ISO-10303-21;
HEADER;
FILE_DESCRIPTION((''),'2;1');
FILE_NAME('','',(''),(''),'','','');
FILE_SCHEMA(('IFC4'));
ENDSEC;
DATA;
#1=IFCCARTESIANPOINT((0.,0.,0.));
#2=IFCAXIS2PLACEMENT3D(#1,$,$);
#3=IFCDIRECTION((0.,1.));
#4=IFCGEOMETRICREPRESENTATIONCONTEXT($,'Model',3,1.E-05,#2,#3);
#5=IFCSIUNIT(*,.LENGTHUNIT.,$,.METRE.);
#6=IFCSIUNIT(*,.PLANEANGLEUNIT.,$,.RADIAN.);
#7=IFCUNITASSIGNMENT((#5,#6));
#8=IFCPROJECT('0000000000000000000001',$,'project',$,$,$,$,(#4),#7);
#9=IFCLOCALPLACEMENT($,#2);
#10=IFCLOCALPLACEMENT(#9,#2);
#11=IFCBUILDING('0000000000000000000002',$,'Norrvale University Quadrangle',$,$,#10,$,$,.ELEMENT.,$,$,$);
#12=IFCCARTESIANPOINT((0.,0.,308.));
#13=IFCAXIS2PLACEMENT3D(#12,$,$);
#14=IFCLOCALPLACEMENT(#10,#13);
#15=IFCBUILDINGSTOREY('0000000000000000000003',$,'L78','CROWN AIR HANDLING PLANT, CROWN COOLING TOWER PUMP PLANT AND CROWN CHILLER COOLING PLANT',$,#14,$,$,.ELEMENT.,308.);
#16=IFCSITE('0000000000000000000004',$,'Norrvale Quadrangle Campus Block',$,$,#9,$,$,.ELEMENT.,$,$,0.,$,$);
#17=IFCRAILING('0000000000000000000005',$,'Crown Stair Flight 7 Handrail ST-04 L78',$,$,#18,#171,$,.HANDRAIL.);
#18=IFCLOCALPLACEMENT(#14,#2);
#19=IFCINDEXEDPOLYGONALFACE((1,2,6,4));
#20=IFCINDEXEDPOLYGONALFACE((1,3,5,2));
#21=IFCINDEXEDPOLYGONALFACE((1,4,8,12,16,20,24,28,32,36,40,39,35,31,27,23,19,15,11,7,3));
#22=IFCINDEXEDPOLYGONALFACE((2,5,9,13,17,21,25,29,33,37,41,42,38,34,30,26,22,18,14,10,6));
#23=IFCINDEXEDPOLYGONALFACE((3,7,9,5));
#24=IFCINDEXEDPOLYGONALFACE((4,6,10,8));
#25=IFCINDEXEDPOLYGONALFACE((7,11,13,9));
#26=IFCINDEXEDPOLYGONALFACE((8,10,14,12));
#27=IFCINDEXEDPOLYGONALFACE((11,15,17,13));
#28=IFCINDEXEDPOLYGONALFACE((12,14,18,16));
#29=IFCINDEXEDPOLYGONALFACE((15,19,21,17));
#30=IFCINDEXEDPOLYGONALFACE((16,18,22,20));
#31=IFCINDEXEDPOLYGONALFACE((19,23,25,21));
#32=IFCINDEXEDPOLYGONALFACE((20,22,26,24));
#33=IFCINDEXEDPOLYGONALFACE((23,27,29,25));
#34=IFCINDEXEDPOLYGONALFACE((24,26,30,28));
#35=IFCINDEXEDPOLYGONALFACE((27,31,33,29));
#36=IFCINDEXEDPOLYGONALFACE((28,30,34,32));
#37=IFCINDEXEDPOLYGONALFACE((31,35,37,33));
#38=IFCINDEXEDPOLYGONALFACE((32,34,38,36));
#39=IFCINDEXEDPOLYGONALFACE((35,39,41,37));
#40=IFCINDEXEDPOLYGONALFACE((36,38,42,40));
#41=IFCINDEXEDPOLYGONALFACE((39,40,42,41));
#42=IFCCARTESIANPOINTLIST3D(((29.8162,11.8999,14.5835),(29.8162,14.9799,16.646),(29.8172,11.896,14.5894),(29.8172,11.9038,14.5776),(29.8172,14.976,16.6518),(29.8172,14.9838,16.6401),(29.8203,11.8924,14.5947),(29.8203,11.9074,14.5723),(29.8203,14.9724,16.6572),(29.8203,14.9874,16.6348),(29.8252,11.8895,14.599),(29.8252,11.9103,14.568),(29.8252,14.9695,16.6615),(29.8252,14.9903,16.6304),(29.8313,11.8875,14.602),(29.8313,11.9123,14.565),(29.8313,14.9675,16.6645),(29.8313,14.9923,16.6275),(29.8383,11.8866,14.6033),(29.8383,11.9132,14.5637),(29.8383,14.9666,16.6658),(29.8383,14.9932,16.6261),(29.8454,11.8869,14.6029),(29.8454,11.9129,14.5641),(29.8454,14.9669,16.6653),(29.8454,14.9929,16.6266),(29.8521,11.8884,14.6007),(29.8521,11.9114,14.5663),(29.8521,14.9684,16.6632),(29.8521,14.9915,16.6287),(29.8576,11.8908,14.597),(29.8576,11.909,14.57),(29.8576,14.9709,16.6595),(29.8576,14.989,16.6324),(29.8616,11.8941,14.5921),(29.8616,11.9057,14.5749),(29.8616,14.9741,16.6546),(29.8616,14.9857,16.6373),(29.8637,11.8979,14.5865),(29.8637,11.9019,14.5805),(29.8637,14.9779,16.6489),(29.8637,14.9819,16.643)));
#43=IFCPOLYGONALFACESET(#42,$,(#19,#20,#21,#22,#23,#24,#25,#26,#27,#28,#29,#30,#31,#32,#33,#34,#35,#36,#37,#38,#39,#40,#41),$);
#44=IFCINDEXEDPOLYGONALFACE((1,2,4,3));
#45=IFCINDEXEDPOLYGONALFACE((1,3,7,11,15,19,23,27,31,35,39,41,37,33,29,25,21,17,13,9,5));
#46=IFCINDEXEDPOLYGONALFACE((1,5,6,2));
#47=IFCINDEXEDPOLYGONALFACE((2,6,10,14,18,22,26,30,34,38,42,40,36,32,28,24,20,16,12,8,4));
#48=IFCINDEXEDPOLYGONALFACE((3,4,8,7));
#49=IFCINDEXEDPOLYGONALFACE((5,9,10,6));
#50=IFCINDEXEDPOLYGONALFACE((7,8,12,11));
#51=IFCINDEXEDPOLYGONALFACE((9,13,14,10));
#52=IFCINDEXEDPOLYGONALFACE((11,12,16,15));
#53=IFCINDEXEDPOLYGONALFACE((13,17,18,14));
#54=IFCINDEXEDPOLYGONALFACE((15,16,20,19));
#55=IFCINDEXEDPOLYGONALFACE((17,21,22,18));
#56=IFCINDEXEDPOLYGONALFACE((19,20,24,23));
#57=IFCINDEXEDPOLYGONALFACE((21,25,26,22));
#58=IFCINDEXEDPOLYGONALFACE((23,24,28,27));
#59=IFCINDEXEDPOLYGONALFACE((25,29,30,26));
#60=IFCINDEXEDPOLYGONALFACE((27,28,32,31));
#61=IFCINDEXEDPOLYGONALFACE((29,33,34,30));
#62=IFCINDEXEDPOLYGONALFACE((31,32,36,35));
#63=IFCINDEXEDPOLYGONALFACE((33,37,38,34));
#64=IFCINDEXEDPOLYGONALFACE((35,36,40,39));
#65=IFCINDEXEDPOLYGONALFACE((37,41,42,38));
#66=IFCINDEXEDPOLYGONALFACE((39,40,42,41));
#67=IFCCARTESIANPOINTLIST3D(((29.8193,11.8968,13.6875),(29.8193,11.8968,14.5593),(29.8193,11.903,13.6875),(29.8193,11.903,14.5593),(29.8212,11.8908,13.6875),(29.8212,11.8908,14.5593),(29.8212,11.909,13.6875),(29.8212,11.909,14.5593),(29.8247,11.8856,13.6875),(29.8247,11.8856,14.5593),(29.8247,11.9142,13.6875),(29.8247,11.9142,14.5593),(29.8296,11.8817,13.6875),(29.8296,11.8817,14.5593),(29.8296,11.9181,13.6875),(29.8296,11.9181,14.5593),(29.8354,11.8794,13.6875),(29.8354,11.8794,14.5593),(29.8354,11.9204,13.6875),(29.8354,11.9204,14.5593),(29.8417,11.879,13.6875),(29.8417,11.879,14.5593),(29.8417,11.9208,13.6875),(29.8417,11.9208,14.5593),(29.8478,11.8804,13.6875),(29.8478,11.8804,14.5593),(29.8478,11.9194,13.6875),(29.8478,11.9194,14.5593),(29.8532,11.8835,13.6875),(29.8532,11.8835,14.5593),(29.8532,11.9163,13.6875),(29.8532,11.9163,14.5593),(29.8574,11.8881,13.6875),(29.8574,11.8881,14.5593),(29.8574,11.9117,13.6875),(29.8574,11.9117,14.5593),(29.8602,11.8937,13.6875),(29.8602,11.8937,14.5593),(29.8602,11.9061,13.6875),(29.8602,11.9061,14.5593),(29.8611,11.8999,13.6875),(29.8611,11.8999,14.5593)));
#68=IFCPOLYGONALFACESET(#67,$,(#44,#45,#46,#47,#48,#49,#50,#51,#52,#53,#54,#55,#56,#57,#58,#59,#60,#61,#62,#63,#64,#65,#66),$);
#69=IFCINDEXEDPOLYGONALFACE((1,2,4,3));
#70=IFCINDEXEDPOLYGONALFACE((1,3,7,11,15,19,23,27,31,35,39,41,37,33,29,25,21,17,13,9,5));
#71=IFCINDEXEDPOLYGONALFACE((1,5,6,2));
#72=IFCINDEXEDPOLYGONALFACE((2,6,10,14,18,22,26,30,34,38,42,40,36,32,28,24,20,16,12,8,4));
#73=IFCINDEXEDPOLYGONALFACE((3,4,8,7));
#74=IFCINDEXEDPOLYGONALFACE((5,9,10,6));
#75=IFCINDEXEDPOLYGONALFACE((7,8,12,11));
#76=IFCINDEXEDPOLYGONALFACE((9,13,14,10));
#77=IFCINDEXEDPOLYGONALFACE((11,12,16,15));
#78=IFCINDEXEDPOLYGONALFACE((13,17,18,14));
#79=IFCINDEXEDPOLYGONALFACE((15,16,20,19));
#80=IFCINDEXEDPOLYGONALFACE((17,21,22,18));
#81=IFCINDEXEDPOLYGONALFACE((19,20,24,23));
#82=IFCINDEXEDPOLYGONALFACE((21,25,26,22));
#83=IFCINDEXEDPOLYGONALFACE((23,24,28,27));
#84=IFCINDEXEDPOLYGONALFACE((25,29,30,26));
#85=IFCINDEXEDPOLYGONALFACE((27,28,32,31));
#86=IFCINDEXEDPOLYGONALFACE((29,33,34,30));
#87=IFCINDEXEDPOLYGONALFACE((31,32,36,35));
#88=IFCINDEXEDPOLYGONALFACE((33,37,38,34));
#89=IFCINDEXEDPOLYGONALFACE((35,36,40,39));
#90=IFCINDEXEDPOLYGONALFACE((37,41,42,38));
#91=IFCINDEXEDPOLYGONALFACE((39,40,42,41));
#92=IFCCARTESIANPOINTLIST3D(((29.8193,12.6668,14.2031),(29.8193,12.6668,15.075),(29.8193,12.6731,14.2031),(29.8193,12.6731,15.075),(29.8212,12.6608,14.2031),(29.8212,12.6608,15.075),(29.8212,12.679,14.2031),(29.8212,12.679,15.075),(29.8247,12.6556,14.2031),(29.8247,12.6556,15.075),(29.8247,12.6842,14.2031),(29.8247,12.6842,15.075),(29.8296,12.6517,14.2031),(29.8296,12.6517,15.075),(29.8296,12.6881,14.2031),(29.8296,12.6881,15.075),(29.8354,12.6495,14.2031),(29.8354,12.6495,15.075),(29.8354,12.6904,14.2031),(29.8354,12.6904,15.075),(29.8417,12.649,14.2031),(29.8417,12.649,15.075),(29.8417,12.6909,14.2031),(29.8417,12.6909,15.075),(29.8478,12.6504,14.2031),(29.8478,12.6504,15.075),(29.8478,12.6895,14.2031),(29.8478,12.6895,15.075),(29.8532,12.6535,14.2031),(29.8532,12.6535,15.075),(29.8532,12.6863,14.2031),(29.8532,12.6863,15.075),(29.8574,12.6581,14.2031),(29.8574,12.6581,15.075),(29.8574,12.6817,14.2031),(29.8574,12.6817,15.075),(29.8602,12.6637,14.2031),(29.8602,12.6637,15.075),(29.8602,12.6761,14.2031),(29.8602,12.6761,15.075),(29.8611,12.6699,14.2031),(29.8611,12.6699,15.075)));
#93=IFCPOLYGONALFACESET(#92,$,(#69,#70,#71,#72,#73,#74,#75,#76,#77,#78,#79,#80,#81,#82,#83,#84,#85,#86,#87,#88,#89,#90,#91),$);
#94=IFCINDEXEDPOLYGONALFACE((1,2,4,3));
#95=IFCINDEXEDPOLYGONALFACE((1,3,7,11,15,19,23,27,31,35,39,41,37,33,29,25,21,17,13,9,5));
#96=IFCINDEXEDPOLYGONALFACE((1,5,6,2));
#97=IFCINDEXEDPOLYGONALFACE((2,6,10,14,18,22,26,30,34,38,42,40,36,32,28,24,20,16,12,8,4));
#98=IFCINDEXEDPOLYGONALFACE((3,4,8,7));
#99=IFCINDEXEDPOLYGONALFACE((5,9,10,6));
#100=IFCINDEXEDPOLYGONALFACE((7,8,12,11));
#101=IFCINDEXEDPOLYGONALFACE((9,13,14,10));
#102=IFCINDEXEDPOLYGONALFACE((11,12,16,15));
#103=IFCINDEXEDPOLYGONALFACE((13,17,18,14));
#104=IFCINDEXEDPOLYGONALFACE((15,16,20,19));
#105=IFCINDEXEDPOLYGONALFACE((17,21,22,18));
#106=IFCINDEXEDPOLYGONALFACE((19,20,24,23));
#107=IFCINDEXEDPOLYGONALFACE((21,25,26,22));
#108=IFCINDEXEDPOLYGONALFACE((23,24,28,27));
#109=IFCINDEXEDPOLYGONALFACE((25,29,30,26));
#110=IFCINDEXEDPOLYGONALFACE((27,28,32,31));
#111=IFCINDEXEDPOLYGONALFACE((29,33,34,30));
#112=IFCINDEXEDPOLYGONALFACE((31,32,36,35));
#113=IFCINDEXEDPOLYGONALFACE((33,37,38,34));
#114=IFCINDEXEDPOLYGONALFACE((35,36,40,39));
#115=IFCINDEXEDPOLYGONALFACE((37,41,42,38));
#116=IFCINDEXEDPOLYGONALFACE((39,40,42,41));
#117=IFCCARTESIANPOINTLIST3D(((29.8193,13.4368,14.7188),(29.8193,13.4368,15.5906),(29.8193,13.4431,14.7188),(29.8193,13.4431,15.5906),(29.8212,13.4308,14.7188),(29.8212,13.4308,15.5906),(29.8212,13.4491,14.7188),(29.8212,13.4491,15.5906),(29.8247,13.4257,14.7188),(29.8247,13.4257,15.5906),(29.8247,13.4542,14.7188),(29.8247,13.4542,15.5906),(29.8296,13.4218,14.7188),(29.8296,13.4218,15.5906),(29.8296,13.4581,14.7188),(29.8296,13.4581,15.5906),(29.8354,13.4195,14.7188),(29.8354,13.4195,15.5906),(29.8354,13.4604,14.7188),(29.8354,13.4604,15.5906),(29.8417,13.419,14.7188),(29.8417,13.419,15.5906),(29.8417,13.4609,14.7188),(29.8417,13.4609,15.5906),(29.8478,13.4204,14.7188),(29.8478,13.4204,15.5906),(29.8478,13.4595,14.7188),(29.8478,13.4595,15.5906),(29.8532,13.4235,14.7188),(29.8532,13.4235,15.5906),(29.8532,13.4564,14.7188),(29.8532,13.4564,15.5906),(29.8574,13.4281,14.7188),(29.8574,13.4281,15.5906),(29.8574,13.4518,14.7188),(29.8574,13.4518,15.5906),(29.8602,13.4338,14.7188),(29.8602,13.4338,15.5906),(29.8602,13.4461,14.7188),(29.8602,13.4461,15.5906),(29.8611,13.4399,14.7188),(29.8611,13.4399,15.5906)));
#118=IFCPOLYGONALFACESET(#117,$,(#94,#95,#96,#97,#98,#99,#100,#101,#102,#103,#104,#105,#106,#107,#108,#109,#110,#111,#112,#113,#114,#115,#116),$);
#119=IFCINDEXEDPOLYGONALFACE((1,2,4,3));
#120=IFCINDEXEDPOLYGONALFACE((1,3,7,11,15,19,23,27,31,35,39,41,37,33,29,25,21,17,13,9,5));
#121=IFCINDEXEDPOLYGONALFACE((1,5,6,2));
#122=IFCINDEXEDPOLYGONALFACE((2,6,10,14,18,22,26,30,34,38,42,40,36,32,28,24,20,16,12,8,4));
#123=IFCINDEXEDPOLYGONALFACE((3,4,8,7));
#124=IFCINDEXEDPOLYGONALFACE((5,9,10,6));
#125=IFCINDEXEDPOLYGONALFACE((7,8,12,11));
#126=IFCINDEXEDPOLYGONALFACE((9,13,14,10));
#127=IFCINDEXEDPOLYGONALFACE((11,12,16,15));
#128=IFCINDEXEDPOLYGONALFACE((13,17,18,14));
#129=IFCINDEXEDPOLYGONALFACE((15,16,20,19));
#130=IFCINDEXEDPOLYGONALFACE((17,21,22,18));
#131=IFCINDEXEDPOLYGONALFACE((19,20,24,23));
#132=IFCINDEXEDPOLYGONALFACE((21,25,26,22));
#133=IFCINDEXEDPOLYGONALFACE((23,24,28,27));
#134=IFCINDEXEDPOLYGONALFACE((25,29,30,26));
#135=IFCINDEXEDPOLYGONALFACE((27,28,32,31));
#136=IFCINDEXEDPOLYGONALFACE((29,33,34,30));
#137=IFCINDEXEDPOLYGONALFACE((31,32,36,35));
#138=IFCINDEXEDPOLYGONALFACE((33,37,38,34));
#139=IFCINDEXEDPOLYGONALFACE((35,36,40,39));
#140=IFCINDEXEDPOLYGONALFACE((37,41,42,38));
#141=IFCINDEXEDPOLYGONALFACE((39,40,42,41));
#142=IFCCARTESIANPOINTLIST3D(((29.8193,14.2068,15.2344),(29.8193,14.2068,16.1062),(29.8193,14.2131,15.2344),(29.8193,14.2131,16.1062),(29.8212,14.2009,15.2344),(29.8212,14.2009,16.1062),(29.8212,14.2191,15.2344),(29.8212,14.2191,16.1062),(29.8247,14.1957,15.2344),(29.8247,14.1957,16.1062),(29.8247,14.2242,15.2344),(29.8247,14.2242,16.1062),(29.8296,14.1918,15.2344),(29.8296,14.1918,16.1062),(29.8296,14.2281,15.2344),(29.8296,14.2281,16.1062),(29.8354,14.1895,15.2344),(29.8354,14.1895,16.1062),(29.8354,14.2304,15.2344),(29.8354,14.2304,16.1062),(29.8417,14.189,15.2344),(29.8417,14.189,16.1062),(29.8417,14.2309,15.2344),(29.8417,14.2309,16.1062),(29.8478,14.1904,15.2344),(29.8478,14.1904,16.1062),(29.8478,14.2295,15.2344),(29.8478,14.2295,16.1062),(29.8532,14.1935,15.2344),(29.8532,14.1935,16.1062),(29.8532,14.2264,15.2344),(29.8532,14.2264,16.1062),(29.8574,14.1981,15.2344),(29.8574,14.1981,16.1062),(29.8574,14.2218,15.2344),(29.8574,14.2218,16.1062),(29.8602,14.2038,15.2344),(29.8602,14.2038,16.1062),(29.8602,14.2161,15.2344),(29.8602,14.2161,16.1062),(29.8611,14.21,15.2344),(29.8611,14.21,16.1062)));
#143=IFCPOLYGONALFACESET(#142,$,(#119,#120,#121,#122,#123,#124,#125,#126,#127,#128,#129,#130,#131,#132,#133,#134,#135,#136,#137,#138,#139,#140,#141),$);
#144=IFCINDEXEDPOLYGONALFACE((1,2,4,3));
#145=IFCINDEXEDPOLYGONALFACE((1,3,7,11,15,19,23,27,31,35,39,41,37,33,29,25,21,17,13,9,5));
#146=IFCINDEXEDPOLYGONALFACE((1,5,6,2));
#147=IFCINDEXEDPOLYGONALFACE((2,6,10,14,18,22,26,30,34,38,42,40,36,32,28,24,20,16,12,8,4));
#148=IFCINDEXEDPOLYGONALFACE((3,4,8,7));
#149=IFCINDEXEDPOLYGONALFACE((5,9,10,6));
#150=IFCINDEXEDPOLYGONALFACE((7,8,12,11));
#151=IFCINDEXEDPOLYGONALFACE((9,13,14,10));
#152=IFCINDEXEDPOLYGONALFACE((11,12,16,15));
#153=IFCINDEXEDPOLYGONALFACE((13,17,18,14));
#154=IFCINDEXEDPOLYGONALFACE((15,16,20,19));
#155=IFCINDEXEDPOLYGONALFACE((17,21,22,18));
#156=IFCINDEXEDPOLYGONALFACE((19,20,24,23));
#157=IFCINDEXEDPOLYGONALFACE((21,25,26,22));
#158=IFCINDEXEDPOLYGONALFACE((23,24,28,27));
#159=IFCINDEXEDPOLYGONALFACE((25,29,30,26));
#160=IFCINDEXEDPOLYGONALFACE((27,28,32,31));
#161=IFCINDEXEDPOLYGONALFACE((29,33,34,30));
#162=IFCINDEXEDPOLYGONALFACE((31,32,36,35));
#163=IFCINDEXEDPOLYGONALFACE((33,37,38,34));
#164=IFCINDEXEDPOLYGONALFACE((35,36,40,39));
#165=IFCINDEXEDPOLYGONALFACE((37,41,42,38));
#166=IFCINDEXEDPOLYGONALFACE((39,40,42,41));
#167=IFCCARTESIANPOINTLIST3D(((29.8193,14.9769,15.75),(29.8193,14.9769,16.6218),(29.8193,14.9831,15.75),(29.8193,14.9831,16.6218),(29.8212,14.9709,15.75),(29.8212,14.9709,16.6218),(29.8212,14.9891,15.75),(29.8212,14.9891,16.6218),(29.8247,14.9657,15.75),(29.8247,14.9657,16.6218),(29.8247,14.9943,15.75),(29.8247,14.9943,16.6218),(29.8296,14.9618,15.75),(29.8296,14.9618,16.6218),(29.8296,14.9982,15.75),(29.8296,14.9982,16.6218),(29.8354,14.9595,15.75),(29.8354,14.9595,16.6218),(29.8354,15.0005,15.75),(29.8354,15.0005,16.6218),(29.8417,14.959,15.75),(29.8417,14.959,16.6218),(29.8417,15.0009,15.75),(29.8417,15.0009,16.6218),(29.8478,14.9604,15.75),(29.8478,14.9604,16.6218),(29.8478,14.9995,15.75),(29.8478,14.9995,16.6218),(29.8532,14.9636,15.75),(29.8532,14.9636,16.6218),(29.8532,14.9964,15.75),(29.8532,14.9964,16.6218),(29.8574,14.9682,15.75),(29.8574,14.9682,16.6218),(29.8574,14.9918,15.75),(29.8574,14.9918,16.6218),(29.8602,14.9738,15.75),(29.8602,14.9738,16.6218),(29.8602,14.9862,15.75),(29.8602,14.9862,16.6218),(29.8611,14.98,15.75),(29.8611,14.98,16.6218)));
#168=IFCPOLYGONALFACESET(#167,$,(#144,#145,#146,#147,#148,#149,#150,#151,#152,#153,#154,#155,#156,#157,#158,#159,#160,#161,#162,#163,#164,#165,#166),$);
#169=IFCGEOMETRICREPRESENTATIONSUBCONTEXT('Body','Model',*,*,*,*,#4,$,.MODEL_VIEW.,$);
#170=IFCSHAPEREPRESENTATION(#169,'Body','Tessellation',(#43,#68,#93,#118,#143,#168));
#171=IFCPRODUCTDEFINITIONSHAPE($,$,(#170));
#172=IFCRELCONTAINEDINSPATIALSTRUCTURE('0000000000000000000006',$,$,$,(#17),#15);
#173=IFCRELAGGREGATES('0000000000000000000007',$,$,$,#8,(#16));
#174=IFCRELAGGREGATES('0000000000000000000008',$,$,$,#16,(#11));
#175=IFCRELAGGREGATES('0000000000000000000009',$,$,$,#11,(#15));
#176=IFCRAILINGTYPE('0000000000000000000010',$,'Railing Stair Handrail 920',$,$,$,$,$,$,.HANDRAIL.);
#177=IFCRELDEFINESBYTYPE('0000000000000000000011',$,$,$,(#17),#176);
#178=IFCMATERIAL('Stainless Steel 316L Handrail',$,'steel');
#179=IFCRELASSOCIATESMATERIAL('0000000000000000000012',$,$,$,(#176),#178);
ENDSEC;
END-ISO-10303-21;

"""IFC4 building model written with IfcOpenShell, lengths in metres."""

from ifc_helpers import new_model, si_unit, direction, frame, origin, origin_2d, place, context, subcontext, project, spatial, circle, extrude, material, type_object, element, save


model = new_model("IFC4")

# Units and contexts
model_context = context("Model", 3, precision=1e-05, world=origin(), true_north=direction((0.0, 1.0)))
body_context = subcontext(model_context, "Body", "Model", "MODEL_VIEW")
ifc_project = project(units=[si_unit("LENGTHUNIT", "METRE"), si_unit("PLANEANGLEUNIT", "RADIAN")], contexts=[model_context])

# Site, building, storey
site_placement = place(None, origin())
site = spatial("IfcSite", under=ifc_project, at=site_placement, Name="Norrvale Quadrangle Campus Block", CompositionType="ELEMENT", RefElevation=0.0)
building_placement = place(site_placement, origin())
building = spatial("IfcBuilding", under=site, at=building_placement, Name="Norrvale University Quadrangle", CompositionType="ELEMENT")
storey_placement = place(building_placement, frame((0.0, 0.0, 308.0)))
storey = spatial("IfcBuildingStorey", under=building, at=storey_placement, Name="L78", Description="CROWN AIR HANDLING PLANT, CROWN COOLING TOWER PUMP PLANT AND CROWN CHILLER COOLING PLANT", CompositionType="ELEMENT", Elevation=308.0)

# Railing
ifc_material_1 = material(Name="Stainless Steel 316L Handrail", Category="steel")
railing_type_1 = type_object("IfcRailingType", Name="Railing Stair Handrail 920", PredefinedType="HANDRAIL", material=ifc_material_1)
for number, where, name in (
    (1, (29.8401, 11.8999, 13.6875), "Crown Stair Flight 7 Handrail ST-04 L78"),
):
    element("IfcRailing", number, at=place(storey_placement, frame(where)), inside=storey, type_object=railing_type_1, Name=name, PredefinedType="HANDRAIL", context=body_context, shape_type="SweptSolid", body=[
        extrude(circle(Radius=0.0239, at=origin_2d()), frame((0.0, 0.0, 0.896), z_axis=(0.0, 0.830914, 0.556401), x_axis=(-1.0, 0.0, 0.0)), (0.0, 0.0, 1.0), 3.7068),
        extrude(circle(Radius=0.021, at=origin_2d()), origin(), (0.0, 0.0, 1.0), 0.8718),
        extrude(circle(Radius=0.021, at=origin_2d()), frame((0.0, 0.77, 0.5156)), (0.0, 0.0, 1.0), 0.8718),
        extrude(circle(Radius=0.021, at=origin_2d()), frame((0.0, 1.54, 1.0312)), (0.0, 0.0, 1.0), 0.8718),
        extrude(circle(Radius=0.021, at=origin_2d()), frame((0.0, 2.3101, 1.5469)), (0.0, 0.0, 1.0), 0.8718),
        extrude(circle(Radius=0.021, at=origin_2d()), frame((0.0, 3.0801, 2.0625)), (0.0, 0.0, 1.0), 0.8718),
    ])

save(model, "model.ifc")
